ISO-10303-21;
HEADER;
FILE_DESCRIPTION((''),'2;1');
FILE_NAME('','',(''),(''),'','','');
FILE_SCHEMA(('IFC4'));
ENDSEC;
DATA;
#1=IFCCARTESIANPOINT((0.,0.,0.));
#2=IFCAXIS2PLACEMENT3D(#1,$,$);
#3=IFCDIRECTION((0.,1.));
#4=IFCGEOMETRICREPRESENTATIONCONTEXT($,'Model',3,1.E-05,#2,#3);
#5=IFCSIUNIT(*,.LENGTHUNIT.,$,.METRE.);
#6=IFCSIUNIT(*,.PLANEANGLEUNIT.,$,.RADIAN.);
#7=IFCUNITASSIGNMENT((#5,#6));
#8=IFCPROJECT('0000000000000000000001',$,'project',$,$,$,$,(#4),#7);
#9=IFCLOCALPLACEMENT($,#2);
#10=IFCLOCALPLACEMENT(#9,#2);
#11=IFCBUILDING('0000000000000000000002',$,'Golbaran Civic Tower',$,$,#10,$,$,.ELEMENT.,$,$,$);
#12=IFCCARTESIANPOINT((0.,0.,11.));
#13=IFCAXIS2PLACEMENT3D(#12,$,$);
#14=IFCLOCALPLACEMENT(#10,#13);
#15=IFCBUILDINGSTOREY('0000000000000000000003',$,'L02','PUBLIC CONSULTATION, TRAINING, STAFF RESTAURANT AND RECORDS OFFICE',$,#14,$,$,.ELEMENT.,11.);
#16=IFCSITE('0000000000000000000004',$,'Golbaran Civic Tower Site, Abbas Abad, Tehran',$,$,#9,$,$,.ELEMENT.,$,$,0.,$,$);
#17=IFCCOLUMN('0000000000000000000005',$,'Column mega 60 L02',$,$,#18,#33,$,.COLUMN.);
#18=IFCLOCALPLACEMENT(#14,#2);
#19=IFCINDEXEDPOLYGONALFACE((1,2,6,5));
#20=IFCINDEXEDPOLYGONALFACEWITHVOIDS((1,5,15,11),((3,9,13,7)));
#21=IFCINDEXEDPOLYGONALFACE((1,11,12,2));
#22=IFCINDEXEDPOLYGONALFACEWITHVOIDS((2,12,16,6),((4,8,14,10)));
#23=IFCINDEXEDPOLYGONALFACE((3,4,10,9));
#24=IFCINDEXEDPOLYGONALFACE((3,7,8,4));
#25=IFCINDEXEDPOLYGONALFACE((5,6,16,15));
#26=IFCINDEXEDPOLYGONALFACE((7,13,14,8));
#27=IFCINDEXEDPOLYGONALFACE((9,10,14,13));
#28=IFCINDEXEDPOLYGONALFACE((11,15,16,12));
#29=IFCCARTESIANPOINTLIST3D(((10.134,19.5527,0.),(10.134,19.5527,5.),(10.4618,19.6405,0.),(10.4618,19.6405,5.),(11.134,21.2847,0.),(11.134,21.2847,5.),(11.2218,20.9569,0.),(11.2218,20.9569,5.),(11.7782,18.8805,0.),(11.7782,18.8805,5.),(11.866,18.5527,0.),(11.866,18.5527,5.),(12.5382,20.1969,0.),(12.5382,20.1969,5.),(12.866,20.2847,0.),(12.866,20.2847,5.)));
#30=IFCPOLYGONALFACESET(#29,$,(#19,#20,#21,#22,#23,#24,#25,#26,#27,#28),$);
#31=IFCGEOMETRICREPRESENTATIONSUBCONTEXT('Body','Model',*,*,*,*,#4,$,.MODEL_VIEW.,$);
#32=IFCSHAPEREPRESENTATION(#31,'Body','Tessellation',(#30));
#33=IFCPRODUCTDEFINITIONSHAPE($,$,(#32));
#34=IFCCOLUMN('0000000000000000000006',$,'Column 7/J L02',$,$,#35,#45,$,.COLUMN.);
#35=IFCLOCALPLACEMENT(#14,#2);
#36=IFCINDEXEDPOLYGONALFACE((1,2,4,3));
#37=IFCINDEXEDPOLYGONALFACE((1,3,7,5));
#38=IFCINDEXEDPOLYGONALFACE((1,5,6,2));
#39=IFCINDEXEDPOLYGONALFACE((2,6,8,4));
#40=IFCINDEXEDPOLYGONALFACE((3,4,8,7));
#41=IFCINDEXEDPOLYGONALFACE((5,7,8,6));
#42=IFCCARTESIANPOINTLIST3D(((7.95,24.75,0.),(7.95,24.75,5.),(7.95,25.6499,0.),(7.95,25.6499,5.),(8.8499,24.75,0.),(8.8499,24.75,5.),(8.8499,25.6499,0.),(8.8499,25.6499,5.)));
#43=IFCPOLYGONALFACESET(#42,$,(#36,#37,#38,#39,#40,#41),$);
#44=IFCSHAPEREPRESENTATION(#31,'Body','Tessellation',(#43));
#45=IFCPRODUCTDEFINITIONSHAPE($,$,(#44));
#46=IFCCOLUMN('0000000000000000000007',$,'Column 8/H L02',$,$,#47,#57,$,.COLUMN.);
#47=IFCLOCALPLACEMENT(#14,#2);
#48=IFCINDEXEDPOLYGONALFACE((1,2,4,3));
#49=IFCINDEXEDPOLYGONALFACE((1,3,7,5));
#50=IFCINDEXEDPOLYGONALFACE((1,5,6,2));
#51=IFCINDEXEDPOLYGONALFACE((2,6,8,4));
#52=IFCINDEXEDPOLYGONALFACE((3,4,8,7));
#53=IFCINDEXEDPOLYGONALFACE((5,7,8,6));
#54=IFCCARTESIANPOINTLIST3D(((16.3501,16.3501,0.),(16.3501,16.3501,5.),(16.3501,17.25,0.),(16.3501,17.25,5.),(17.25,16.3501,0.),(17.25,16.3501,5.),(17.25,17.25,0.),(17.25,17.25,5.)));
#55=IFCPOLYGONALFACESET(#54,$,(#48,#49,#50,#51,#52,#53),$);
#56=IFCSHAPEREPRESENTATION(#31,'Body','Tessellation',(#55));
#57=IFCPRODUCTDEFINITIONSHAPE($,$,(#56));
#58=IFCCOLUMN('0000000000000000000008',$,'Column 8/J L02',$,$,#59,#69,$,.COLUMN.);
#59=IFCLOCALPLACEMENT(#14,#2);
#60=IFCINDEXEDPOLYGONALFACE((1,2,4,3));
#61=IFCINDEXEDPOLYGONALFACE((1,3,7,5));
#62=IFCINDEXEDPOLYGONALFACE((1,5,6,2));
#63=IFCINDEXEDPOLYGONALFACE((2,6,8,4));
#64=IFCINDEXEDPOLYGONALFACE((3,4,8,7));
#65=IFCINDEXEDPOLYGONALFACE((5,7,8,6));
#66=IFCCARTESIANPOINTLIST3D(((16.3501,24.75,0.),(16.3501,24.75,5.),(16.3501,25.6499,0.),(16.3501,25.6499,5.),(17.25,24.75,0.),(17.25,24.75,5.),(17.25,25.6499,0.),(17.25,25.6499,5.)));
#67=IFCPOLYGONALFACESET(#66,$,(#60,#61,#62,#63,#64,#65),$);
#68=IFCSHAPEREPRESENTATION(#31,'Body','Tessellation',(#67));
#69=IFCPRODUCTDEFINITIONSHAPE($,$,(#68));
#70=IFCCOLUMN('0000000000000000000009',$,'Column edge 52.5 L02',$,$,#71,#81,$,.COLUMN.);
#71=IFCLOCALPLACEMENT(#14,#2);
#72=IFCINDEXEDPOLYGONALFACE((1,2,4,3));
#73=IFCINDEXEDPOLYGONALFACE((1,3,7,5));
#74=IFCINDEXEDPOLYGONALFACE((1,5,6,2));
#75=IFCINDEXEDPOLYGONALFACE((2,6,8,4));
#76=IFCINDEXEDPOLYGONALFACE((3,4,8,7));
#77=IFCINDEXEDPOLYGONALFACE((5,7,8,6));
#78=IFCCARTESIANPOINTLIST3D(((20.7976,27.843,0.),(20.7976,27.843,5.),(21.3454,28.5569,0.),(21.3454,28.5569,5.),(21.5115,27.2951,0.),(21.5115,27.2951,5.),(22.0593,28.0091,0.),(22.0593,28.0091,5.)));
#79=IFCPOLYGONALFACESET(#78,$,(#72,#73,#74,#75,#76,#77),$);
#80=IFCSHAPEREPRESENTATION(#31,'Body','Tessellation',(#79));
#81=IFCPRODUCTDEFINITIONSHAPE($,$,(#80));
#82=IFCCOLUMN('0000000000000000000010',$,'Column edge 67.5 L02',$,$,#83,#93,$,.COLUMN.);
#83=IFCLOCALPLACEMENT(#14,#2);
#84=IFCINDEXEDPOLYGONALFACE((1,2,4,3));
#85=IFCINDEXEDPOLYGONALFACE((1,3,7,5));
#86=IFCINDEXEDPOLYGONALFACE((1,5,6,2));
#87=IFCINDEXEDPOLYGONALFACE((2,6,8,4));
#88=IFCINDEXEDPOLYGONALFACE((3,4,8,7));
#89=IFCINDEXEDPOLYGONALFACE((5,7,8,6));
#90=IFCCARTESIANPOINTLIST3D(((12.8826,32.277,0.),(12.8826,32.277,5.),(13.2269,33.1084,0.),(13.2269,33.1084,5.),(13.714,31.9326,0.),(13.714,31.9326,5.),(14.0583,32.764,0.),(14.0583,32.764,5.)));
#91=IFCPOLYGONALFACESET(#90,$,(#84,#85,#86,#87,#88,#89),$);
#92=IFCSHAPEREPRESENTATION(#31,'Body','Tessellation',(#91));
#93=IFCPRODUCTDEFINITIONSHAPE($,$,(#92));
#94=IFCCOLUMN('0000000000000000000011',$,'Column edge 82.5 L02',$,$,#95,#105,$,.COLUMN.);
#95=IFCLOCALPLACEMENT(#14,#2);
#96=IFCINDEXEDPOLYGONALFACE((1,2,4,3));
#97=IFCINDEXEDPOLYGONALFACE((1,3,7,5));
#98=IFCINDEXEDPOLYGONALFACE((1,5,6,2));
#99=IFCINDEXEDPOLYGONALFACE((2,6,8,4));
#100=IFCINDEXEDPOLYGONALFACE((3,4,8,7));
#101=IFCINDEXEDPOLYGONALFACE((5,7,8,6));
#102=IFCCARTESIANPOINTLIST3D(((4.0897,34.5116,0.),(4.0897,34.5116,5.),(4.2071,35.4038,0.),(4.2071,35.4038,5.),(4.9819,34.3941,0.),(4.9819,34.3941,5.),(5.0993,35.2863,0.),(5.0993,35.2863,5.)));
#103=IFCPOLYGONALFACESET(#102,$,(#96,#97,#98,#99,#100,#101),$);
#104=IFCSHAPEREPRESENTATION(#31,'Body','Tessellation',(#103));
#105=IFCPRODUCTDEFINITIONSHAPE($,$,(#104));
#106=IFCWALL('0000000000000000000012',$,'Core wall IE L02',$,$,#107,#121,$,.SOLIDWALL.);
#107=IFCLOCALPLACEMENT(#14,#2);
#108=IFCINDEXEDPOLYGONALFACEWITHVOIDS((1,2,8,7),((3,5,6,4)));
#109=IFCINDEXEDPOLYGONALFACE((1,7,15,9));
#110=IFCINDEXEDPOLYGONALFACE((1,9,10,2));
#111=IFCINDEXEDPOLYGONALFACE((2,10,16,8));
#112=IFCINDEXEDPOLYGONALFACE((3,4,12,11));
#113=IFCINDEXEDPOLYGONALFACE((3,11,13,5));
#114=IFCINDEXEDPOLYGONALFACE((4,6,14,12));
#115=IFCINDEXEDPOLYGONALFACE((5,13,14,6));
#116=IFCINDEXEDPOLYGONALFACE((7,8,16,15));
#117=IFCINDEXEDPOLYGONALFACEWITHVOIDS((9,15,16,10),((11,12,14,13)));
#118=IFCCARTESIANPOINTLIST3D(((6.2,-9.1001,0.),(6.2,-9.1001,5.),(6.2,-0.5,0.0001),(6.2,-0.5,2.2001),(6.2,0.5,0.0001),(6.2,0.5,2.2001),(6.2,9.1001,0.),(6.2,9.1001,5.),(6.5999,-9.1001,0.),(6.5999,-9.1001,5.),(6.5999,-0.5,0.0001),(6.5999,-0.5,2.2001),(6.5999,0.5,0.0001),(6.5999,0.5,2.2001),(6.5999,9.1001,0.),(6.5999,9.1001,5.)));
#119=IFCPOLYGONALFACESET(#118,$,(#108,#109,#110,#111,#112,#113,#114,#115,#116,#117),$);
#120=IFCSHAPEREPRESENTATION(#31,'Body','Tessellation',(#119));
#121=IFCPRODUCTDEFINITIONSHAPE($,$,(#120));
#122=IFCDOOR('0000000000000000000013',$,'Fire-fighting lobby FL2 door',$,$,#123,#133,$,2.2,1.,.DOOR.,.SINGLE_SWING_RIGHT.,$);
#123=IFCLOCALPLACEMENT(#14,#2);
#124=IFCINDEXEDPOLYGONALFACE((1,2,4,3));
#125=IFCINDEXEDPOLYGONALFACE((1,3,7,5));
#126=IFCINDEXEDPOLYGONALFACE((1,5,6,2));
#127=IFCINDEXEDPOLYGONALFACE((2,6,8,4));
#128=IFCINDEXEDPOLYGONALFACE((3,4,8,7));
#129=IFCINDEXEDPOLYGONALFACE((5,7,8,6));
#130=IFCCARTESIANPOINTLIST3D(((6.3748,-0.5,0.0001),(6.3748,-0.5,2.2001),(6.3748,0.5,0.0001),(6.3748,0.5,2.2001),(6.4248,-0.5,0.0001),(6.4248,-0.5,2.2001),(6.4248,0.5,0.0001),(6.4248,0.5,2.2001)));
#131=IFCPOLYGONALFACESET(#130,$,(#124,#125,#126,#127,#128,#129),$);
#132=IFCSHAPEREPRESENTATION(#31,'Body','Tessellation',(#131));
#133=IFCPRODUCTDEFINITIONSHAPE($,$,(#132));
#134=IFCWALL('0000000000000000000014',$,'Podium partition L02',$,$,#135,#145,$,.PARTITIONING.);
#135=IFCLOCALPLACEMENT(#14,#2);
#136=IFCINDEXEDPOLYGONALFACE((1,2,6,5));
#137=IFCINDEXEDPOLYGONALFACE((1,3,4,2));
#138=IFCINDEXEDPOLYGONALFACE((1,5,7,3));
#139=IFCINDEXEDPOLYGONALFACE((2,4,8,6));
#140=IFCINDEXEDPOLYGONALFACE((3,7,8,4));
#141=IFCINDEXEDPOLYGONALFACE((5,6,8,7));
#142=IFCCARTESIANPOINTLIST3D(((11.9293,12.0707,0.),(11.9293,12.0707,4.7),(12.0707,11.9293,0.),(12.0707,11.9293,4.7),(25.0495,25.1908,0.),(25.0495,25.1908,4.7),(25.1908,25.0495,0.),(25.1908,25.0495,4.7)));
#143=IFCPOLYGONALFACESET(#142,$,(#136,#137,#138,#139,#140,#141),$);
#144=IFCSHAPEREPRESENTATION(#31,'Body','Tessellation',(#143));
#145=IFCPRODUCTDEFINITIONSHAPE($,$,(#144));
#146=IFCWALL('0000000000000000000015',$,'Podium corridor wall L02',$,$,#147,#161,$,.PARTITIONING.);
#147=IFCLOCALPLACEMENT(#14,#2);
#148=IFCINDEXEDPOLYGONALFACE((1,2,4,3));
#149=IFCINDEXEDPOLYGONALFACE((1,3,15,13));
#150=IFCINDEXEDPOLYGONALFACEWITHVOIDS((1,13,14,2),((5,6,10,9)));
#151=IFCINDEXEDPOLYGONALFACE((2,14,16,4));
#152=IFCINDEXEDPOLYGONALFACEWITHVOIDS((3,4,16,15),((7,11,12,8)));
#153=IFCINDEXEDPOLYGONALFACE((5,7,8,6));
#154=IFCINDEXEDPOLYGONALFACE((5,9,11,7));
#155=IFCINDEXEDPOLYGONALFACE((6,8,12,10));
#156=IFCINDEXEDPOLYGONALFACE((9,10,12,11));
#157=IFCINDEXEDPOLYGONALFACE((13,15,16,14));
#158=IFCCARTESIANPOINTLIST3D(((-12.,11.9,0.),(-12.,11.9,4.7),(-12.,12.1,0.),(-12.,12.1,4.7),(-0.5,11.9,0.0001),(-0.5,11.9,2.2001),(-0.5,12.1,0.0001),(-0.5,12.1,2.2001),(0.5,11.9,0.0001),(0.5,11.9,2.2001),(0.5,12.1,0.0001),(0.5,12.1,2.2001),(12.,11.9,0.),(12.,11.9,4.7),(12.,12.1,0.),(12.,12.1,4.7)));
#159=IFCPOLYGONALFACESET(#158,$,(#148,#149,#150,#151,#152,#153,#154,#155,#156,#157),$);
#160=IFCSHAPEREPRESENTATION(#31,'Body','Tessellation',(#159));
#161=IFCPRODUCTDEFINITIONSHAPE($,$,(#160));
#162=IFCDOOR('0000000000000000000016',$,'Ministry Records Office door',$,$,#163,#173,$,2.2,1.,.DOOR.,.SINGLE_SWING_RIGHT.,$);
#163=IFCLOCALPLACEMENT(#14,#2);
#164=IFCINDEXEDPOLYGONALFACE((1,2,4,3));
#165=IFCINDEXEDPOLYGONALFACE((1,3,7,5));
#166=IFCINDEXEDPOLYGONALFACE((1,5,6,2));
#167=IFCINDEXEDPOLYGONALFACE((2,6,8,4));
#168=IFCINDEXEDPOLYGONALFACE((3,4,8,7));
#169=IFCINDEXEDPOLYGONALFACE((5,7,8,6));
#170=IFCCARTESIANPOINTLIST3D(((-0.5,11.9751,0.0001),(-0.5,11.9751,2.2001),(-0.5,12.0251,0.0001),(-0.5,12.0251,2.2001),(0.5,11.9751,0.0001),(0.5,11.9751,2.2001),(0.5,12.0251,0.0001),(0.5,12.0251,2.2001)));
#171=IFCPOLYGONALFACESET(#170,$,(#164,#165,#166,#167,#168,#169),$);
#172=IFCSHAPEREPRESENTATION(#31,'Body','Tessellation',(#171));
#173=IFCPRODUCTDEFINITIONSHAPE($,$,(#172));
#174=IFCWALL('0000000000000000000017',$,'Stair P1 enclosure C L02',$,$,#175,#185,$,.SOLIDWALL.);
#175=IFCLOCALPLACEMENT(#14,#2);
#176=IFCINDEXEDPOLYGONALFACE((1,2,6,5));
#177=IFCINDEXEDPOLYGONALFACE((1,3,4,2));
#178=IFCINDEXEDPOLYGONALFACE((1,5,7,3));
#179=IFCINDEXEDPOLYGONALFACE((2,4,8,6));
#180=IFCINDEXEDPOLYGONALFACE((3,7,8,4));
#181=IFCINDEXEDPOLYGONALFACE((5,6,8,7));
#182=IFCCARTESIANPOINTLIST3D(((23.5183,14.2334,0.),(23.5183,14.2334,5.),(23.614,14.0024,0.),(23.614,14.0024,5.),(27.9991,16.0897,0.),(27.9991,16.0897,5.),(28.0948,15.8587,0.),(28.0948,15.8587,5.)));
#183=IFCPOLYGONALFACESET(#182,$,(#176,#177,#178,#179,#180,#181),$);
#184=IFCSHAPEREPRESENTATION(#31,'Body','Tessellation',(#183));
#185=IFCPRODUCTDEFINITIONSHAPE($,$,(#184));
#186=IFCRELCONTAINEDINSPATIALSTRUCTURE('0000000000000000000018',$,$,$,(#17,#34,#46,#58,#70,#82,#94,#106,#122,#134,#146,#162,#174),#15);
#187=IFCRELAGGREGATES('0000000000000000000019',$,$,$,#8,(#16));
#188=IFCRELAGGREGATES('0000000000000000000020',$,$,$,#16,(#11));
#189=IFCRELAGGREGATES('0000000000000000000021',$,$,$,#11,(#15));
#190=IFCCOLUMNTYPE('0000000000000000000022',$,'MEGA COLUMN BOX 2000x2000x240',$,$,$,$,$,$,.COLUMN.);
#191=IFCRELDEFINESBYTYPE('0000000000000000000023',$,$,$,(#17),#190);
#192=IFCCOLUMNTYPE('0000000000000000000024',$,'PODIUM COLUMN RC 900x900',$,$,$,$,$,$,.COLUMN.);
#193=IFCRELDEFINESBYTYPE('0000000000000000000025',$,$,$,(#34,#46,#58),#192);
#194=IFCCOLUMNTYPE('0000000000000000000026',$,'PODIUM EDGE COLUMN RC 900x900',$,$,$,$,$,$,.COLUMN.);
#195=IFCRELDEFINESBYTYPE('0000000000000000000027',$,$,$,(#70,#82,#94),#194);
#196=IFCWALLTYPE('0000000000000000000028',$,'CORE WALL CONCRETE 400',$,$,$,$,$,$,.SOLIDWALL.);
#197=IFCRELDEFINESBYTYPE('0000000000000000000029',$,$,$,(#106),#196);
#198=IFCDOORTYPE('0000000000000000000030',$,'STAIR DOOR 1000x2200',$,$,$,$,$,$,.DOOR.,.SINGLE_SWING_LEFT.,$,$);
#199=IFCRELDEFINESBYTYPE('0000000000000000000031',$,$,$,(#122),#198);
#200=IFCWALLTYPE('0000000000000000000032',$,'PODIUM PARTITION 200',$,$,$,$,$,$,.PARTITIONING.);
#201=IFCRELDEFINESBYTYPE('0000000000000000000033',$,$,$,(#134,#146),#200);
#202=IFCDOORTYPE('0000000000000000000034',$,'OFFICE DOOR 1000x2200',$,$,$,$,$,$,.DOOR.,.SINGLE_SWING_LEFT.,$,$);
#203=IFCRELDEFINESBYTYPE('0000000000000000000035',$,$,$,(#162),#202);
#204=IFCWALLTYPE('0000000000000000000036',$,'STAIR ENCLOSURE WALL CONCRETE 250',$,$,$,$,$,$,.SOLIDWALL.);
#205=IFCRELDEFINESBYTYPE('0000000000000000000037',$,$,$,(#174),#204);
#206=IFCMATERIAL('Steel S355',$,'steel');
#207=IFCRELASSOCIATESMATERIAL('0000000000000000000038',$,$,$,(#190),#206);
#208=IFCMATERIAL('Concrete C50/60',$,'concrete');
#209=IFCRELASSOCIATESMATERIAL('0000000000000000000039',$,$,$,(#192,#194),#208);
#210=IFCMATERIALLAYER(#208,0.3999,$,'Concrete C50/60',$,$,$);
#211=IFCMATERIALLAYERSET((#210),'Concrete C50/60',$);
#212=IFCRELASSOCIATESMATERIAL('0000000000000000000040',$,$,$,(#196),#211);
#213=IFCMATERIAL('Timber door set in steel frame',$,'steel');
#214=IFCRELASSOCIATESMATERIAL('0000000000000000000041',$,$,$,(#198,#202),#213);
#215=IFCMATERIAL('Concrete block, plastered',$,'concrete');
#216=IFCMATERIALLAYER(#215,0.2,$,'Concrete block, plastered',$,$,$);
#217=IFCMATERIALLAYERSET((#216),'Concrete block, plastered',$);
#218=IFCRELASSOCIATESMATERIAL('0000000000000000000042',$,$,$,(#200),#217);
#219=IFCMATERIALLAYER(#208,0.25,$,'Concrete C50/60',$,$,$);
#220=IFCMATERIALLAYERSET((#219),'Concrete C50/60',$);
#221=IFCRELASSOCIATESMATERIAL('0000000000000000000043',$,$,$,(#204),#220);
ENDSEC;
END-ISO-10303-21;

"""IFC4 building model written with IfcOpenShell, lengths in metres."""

from ifc_helpers import new_model, si_unit, direction, frame, frame_2d, origin, origin_2d, place, context, subcontext, project, spatial, rectangle, hollow_rectangle, extrude, material, layer, layer_set, material_profile, profile_set, type_object, element, fill, save


model = new_model("IFC4")

# Units and contexts
model_context = context("Model", 3, precision=1e-05, world=origin(), true_north=direction((0.0, 1.0)))
body_context = subcontext(model_context, "Body", "Model", "MODEL_VIEW")
ifc_project = project(units=[si_unit("LENGTHUNIT", "METRE"), si_unit("PLANEANGLEUNIT", "RADIAN")], contexts=[model_context])

# Site, building, storey
site_placement = place(None, origin())
site = spatial("IfcSite", under=ifc_project, at=site_placement, Name="Golbaran Civic Tower Site, Abbas Abad, Tehran", CompositionType="ELEMENT", RefElevation=0.0)
building_placement = place(site_placement, origin())
building = spatial("IfcBuilding", under=site, at=building_placement, Name="Golbaran Civic Tower", CompositionType="ELEMENT")
storey_placement = place(building_placement, frame((0.0, 0.0, 11.0)))
storey = spatial("IfcBuildingStorey", under=building, at=storey_placement, Name="L02", Description="PUBLIC CONSULTATION, TRAINING, STAFF RESTAURANT AND RECORDS OFFICE", CompositionType="ELEMENT", Elevation=11.0)

# Columns
ifc_material_1 = material(Name="Steel S355", Category="steel")
ifc_material_profile_1 = material_profile(ifc_material_1, hollow_rectangle(XDim=2.0, YDim=2.0, WallThickness=0.24, at=origin_2d()), Name="BOX 2000x2000x240")
ifc_profile_set_1 = profile_set([ifc_material_profile_1], Name="Steel S355")
column_type_1 = type_object("IfcColumnType", Name="MEGA COLUMN BOX 2000x2000x240", PredefinedType="COLUMN", material=ifc_profile_set_1)
column_placement = place(storey_placement, frame((11.5, 19.9187, 0.0), z_axis=(0.0, 0.0, 1.0), x_axis=(0.5, 0.866025, 0.0)))
element("IfcColumn", 1, at=column_placement, inside=storey, type_object=column_type_1, Name="Column mega 60 L02", PredefinedType="COLUMN", context=body_context, shape_type="SweptSolid", body=[
    extrude(hollow_rectangle(XDim=2.0, YDim=2.0, WallThickness=0.24, at=origin_2d()), origin(), (0.0, 0.0, 1.0), 5.0),
])
ifc_material_2 = material(Name="Concrete C50/60", Category="concrete")
ifc_material_profile_2 = material_profile(ifc_material_2, rectangle(XDim=0.8999, YDim=0.8999, at=origin_2d()), Name="RC 900x900")
ifc_profile_set_2 = profile_set([ifc_material_profile_2], Name="Concrete C50/60")
column_type_2 = type_object("IfcColumnType", Name="PODIUM COLUMN RC 900x900", PredefinedType="COLUMN", material=ifc_profile_set_2)
for number, where, z_axis, x_axis, name in (
    (2, (8.3999, 25.2, 0.0), (0.0, 0.0, 1.0), (1.0, 0.0, 0.0), "Column 7/J L02"),
    (3, (16.8, 16.8, 0.0), (0.0, 0.0, 1.0), (1.0, 0.0, 0.0), "Column 8/H L02"),
    (4, (16.8, 25.2, 0.0), (0.0, 0.0, 1.0), (1.0, 0.0, 0.0), "Column 8/J L02"),
):
    element("IfcColumn", number, at=place(storey_placement, frame(where, z_axis=z_axis, x_axis=x_axis)), inside=storey, type_object=column_type_2, Name=name, PredefinedType="COLUMN", context=body_context, shape_type="SweptSolid", body=[
        extrude(rectangle(XDim=0.8999, YDim=0.8999, at=origin_2d()), origin(), (0.0, 0.0, 1.0), 5.0),
    ])
ifc_material_profile_3 = material_profile(ifc_material_2, rectangle(XDim=0.8999, YDim=0.8999, at=origin_2d()), Name="RC 900x900")
ifc_profile_set_3 = profile_set([ifc_material_profile_3], Name="Concrete C50/60")
column_type_3 = type_object("IfcColumnType", Name="PODIUM EDGE COLUMN RC 900x900", PredefinedType="COLUMN", material=ifc_profile_set_3)
for number, where, z_axis, x_axis, name in (
    (5, (21.4285, 27.926, 0.0), (0.0, 0.0, 1.0), (0.608761, 0.793353, 0.0), "Column edge 52.5 L02"),
    (6, (13.4705, 32.5205, 0.0), (0.0, 0.0, 1.0), (0.382683, 0.92388, 0.0), "Column edge 67.5 L02"),
    (7, (4.5945, 34.8989, 0.0), (0.0, 0.0, 1.0), (0.130526, 0.991445, 0.0), "Column edge 82.5 L02"),
):
    element("IfcColumn", number, at=place(storey_placement, frame(where, z_axis=z_axis, x_axis=x_axis)), inside=storey, type_object=column_type_3, Name=name, PredefinedType="COLUMN", context=body_context, shape_type="SweptSolid", body=[
        extrude(rectangle(XDim=0.8999, YDim=0.8999, at=origin_2d()), origin(), (0.0, 0.0, 1.0), 5.0),
    ])

# Wall, opening, door
ifc_layer_1 = layer(ifc_material_2, 0.3999, Name="Concrete C50/60")
ifc_layer_set_1 = layer_set([ifc_layer_1], Name="Concrete C50/60")
wall_type_1 = type_object("IfcWallType", Name="CORE WALL CONCRETE 400", PredefinedType="SOLIDWALL", material=ifc_layer_set_1)
wall_1_placement = place(storey_placement, frame((6.3999, 9.1001, 0.0), z_axis=(0.0, 0.0, 1.0), x_axis=(0.0, -1.0, 0.0)))
wall_1 = element("IfcWall", 8, at=wall_1_placement, inside=storey, type_object=wall_type_1, Name="Core wall IE L02", PredefinedType="SOLIDWALL", context=body_context, shape_type="SweptSolid", body=[
    extrude(rectangle(XDim=18.2002, YDim=0.3999, at=frame_2d((9.1001, 0.0))), origin(), (0.0, 0.0, 1.0), 5.0),
])
opening_1_placement = place(wall_1_placement, frame((8.6001, 0.0, 0.0)))
opening_1 = element("IfcOpeningElement", 9, at=opening_1_placement, cuts=wall_1, PredefinedType="OPENING", context=body_context, shape_type="SweptSolid", body=[
    extrude(rectangle(XDim=1.0, YDim=2.2, at=frame_2d((0.5, 1.1001))), frame((0.0, 0.21, 0.0), z_axis=(0.0, -1.0, 0.0), x_axis=(1.0, 0.0, 0.0)), (0.0, 0.0, 1.0), 0.4199),
])
ifc_material_3 = material(Name="Timber door set in steel frame", Category="steel")
door_type_1 = type_object("IfcDoorType", Name="STAIR DOOR 1000x2200", OperationType="SINGLE_SWING_LEFT", PredefinedType="DOOR", material=ifc_material_3)
door_1_placement = place(opening_1_placement, origin())
door_1 = element("IfcDoor", 10, at=door_1_placement, inside=storey, type_object=door_type_1, Name="Fire-fighting lobby FL2 door", OperationType="SINGLE_SWING_RIGHT", OverallHeight=2.2, OverallWidth=1.0, PredefinedType="DOOR", context=body_context, shape_type="SweptSolid", body=[
    extrude(rectangle(XDim=1.0, YDim=2.2, at=frame_2d((0.5, 1.1001))), frame((0.0, 0.0249, 0.0), z_axis=(0.0, -1.0, 0.0), x_axis=(1.0, 0.0, 0.0)), (0.0, 0.0, 1.0), 0.05),
])
fill(opening_1, door_1)

# Wall
ifc_material_4 = material(Name="Concrete block, plastered", Category="concrete")
ifc_layer_2 = layer(ifc_material_4, 0.2, Name="Concrete block, plastered")
ifc_layer_set_2 = layer_set([ifc_layer_2], Name="Concrete block, plastered")
wall_type_2 = type_object("IfcWallType", Name="PODIUM PARTITION 200", PredefinedType="PARTITIONING", material=ifc_layer_set_2)
wall_2_placement = place(storey_placement, frame((12.0, 12.0, 0.0), z_axis=(0.0, 0.0, 1.0), x_axis=(0.707107, 0.707107, 0.0)))
element("IfcWall", 11, at=wall_2_placement, inside=storey, type_object=wall_type_2, Name="Podium partition L02", PredefinedType="PARTITIONING", context=body_context, shape_type="SweptSolid", body=[
    extrude(rectangle(XDim=18.5547, YDim=0.2, at=frame_2d((9.2773, 0.0))), origin(), (0.0, 0.0, 1.0), 4.7),
])

# Wall, opening, door
wall_3_placement = place(storey_placement, frame((12.0, 12.0, 0.0), z_axis=(0.0, 0.0, 1.0), x_axis=(-1.0, 0.0, 0.0)))
wall_3 = element("IfcWall", 12, at=wall_3_placement, inside=storey, type_object=wall_type_2, Name="Podium corridor wall L02", PredefinedType="PARTITIONING", context=body_context, shape_type="SweptSolid", body=[
    extrude(rectangle(XDim=24.0, YDim=0.2, at=frame_2d((12.0, 0.0))), origin(), (0.0, 0.0, 1.0), 4.7),
])
opening_2_placement = place(wall_3_placement, frame((11.5, 0.0, 0.0)))
opening_2 = element("IfcOpeningElement", 13, at=opening_2_placement, cuts=wall_3, PredefinedType="OPENING", context=body_context, shape_type="SweptSolid", body=[
    extrude(rectangle(XDim=1.0, YDim=2.2, at=frame_2d((0.5, 1.1001))), frame((0.0, 0.1099, 0.0), z_axis=(0.0, -1.0, 0.0), x_axis=(1.0, 0.0, 0.0)), (0.0, 0.0, 1.0), 0.22),
])
door_type_2 = type_object("IfcDoorType", Name="OFFICE DOOR 1000x2200", OperationType="SINGLE_SWING_LEFT", PredefinedType="DOOR", material=ifc_material_3)
door_2_placement = place(opening_2_placement, origin())
door_2 = element("IfcDoor", 14, at=door_2_placement, inside=storey, type_object=door_type_2, Name="Ministry Records Office door", OperationType="SINGLE_SWING_RIGHT", OverallHeight=2.2, OverallWidth=1.0, PredefinedType="DOOR", context=body_context, shape_type="SweptSolid", body=[
    extrude(rectangle(XDim=1.0, YDim=2.2, at=frame_2d((0.5, 1.1001))), frame((0.0, 0.0249, 0.0), z_axis=(0.0, -1.0, 0.0), x_axis=(1.0, 0.0, 0.0)), (0.0, 0.0, 1.0), 0.05),
])
fill(opening_2, door_2)

# Wall
ifc_layer_3 = layer(ifc_material_2, 0.25, Name="Concrete C50/60")
ifc_layer_set_3 = layer_set([ifc_layer_3], Name="Concrete C50/60")
wall_type_3 = type_object("IfcWallType", Name="STAIR ENCLOSURE WALL CONCRETE 250", PredefinedType="SOLIDWALL", material=ifc_layer_set_3)
wall_4_placement = place(storey_placement, frame((23.5662, 14.1179, 0.0), z_axis=(0.0, 0.0, 1.0), x_axis=(0.923863, 0.382724, 0.0)))
element("IfcWall", 15, at=wall_4_placement, inside=storey, type_object=wall_type_3, Name="Stair P1 enclosure C L02", PredefinedType="SOLIDWALL", context=body_context, shape_type="SweptSolid", body=[
    extrude(rectangle(XDim=4.8501, YDim=0.25, at=frame_2d((2.425, 0.0))), origin(), (0.0, 0.0, 1.0), 5.0),
])

save(model, "model.ifc")
